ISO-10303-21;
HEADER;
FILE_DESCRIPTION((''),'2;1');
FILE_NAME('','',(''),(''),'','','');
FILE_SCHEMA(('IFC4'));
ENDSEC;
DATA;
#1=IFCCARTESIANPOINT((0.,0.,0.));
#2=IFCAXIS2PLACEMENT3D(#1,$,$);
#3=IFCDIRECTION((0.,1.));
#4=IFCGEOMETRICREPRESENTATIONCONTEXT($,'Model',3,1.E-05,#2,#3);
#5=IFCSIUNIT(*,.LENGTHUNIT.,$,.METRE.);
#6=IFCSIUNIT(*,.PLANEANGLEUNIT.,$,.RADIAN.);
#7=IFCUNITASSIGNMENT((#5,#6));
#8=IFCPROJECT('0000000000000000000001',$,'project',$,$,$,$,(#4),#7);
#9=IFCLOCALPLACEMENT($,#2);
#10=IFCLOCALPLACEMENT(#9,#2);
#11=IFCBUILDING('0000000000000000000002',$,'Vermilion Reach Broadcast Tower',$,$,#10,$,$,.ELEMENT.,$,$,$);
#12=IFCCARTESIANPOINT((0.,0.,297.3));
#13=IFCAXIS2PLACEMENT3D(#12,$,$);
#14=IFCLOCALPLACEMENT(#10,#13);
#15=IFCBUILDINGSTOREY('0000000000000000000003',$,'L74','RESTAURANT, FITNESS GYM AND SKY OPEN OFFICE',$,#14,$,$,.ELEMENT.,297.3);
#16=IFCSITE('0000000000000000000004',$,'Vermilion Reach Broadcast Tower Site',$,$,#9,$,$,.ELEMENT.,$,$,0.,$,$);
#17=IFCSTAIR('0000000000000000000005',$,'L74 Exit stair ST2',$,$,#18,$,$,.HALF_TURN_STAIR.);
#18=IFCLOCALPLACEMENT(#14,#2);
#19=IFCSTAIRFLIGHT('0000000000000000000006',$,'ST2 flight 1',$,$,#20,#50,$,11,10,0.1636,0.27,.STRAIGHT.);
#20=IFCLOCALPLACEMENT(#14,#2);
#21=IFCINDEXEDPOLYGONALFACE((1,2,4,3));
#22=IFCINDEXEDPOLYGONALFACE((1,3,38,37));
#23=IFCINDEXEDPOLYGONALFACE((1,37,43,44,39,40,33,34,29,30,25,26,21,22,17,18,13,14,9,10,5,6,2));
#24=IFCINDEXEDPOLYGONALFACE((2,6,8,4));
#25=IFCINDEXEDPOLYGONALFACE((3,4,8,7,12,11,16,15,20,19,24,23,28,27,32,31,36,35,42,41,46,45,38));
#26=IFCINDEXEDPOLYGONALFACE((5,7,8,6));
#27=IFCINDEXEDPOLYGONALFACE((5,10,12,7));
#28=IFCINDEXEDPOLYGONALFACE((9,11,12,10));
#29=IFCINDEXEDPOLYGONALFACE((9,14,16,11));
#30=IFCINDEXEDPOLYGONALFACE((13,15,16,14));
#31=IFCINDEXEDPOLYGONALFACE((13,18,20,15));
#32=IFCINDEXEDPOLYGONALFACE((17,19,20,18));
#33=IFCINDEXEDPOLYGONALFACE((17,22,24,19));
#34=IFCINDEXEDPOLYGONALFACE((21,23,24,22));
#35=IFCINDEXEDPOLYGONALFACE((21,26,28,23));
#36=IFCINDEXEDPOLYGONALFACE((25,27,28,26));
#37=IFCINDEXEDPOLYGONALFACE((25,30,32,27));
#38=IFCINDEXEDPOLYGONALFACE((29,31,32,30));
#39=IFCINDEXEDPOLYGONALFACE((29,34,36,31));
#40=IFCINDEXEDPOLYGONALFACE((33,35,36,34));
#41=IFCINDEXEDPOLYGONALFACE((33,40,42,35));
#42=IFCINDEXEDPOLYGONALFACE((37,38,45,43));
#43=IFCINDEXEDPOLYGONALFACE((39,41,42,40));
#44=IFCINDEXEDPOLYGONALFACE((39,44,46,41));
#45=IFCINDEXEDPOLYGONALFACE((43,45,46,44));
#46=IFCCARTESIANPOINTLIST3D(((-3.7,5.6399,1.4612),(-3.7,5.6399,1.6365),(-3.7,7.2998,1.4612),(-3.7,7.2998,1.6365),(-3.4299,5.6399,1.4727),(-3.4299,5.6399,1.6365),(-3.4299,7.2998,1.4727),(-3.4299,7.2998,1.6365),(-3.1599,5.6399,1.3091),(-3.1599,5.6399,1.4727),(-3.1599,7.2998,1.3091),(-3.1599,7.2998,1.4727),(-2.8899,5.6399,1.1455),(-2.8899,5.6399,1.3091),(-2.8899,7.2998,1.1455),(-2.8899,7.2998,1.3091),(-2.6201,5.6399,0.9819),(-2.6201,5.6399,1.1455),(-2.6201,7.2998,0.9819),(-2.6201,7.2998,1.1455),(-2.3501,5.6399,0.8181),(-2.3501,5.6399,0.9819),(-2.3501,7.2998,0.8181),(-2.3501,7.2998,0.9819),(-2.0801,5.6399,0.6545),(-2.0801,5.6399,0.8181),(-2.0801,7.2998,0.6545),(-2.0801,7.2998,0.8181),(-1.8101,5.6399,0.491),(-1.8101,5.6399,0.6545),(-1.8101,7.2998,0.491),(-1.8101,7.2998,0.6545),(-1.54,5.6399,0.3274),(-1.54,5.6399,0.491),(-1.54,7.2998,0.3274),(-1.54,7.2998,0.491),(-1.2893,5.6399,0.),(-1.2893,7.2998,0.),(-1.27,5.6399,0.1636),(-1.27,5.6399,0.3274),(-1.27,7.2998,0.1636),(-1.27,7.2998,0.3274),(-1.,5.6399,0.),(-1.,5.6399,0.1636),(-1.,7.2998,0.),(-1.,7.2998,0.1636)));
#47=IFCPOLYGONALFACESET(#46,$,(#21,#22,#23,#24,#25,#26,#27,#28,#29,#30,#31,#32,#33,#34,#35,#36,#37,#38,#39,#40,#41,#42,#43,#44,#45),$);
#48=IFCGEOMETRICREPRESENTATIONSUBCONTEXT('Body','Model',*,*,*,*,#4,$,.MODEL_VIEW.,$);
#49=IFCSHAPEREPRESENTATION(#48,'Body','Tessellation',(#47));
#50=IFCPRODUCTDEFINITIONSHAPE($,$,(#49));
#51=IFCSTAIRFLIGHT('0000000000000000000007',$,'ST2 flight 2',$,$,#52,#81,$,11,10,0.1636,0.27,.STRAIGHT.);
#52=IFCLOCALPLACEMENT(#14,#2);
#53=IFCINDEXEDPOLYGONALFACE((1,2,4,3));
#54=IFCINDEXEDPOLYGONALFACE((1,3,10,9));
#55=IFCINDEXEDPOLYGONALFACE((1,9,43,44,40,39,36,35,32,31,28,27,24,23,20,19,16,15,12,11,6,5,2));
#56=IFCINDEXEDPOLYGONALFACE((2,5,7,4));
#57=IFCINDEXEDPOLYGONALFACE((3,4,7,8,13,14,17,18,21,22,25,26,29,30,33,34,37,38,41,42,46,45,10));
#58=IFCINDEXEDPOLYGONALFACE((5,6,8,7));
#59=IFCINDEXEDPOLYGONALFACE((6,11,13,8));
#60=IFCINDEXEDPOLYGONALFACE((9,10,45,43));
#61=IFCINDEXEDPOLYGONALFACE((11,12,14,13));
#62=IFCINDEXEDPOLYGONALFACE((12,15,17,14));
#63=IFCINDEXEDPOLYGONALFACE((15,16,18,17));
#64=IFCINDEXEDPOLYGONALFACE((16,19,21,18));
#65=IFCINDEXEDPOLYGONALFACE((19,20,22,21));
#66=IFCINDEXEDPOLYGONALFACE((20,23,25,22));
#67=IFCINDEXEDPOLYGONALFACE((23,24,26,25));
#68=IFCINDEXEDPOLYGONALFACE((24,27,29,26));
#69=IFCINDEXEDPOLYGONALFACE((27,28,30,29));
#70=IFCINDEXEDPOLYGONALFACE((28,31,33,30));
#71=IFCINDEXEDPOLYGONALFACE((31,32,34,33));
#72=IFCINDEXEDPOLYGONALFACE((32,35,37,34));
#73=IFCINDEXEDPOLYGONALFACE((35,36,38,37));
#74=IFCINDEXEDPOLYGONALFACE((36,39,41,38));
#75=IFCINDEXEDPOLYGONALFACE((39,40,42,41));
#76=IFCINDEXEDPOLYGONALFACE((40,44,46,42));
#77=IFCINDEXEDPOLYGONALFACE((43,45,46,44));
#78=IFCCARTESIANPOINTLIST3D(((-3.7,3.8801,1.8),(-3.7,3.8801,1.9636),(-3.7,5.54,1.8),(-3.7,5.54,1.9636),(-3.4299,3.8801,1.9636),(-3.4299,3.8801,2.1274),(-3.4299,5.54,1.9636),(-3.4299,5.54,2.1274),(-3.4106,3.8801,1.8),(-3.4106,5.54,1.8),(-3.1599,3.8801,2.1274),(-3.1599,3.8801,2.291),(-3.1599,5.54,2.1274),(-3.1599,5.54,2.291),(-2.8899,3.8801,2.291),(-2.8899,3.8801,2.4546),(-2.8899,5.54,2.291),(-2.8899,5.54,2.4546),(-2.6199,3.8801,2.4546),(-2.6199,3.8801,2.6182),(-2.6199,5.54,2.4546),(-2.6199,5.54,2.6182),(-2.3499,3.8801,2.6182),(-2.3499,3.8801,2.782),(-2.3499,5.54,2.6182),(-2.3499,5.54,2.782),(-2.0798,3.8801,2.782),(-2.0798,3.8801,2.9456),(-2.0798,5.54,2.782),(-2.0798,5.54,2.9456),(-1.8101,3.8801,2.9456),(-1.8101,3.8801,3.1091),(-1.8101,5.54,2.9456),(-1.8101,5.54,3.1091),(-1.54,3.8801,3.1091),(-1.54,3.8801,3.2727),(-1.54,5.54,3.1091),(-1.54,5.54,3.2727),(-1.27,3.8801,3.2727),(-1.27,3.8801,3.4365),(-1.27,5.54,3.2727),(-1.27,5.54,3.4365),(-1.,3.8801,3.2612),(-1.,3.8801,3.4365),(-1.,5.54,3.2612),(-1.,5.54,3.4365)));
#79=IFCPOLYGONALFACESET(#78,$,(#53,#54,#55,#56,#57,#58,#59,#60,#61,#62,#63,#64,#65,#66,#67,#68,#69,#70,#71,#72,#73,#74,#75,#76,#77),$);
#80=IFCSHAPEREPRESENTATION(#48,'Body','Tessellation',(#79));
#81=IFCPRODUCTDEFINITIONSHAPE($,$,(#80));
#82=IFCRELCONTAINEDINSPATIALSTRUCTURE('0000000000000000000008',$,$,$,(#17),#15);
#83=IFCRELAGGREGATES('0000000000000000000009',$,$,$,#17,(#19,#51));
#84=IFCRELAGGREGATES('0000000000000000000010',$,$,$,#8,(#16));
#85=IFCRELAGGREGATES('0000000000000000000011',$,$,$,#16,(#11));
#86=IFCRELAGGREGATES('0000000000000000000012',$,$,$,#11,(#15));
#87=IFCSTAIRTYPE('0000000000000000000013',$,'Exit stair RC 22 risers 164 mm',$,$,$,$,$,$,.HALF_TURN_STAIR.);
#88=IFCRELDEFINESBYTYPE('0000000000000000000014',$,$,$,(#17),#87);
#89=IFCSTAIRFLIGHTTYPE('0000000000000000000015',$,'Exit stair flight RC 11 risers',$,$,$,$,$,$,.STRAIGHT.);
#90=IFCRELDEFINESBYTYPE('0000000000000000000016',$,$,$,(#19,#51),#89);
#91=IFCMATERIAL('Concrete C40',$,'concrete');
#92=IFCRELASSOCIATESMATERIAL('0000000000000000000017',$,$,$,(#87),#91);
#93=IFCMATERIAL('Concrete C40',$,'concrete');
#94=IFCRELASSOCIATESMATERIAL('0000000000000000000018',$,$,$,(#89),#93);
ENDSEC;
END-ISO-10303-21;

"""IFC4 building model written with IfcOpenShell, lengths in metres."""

from ifc_helpers import new_model, si_unit, direction, frame, origin, place, context, subcontext, project, spatial, polyline, outline, extrude, material, type_object, element, aggregate, save


model = new_model("IFC4")

# Units and contexts
model_context = context("Model", 3, precision=1e-05, world=origin(), true_north=direction((0.0, 1.0)))
body_context = subcontext(model_context, "Body", "Model", "MODEL_VIEW")
ifc_project = project(units=[si_unit("LENGTHUNIT", "METRE"), si_unit("PLANEANGLEUNIT", "RADIAN")], contexts=[model_context])

# Site, building, storey
site_placement = place(None, origin())
site = spatial("IfcSite", under=ifc_project, at=site_placement, Name="Vermilion Reach Broadcast Tower Site", CompositionType="ELEMENT", RefElevation=0.0)
building_placement = place(site_placement, origin())
building = spatial("IfcBuilding", under=site, at=building_placement, Name="Vermilion Reach Broadcast Tower", CompositionType="ELEMENT")
storey_placement = place(building_placement, frame((0.0, 0.0, 297.3)))
storey = spatial("IfcBuildingStorey", under=building, at=storey_placement, Name="L74", Description="RESTAURANT, FITNESS GYM AND SKY OPEN OFFICE", CompositionType="ELEMENT", Elevation=297.3)

# Stair
ifc_material_1 = material(Name="Concrete C40", Category="concrete")
stair_type = type_object("IfcStairType", Name="Exit stair RC 22 risers 164 mm", PredefinedType="HALF_TURN_STAIR", material=ifc_material_1)
placement_1 = place(storey_placement, origin())
stair_1 = element("IfcStair", 1, at=placement_1, inside=storey, type_object=stair_type, Name="L74 Exit stair ST2", PredefinedType="HALF_TURN_STAIR")

# Stair flights
ifc_material_2 = material(Name="Concrete C40", Category="concrete")
stair_flight_type = type_object("IfcStairFlightType", Name="Exit stair flight RC 11 risers", PredefinedType="STRAIGHT", material=ifc_material_2)
stair_flight_1_placement = place(storey_placement, frame((-1.0, 6.47, 0.0), z_axis=(0.0, 0.0, 1.0), x_axis=(-1.0, 0.0, 0.0)))
stair_flight_1 = element("IfcStairFlight", 2, at=stair_flight_1_placement, type_object=stair_flight_type, Name="ST2 flight 1", NumberOfRisers=11, NumberOfTreads=10, PredefinedType="STRAIGHT", RiserHeight=0.1636, TreadLength=0.27, context=body_context, shape_type="SweptSolid", body=[
    extrude(outline(polyline([(0.0, 0.0), (0.0, 0.1636), (0.27, 0.1636), (0.27, 0.3274), (0.54, 0.3274), (0.54, 0.491), (0.8101, 0.491), (0.8101, 0.6545), (1.0801, 0.6545), (1.0801, 0.8181), (1.3501, 0.8181), (1.3501, 0.9819), (1.6201, 0.9819), (1.6201, 1.1455), (1.8899, 1.1455), (1.8899, 1.3091), (2.1599, 1.3091), (2.1599, 1.4727), (2.4299, 1.4727), (2.4299, 1.6365), (2.7, 1.6365), (2.7, 1.8), (2.7, 1.4612), (0.2893, 0.0), (0.0, 0.0)])), frame((0.0, 0.8301, 0.0), z_axis=(0.0, -1.0, 0.0), x_axis=(1.0, 0.0, 0.0)), (0.0, 0.0, 1.0), 1.6599),
])
stair_flight_2_placement = place(storey_placement, frame((-3.7, 4.71, 1.8), z_axis=(0.0, 0.0, 1.0), x_axis=(1.0, 0.0, 0.0)))
stair_flight_2 = element("IfcStairFlight", 3, at=stair_flight_2_placement, type_object=stair_flight_type, Name="ST2 flight 2", NumberOfRisers=11, NumberOfTreads=10, PredefinedType="STRAIGHT", RiserHeight=0.1636, TreadLength=0.27, context=body_context, shape_type="SweptSolid", body=[
    extrude(outline(polyline([(0.0, 0.0), (0.0, 0.1636), (0.27, 0.1636), (0.27, 0.3274), (0.54, 0.3274), (0.54, 0.491), (0.8101, 0.491), (0.8101, 0.6545), (1.0801, 0.6545), (1.0801, 0.8181), (1.3501, 0.8181), (1.3501, 0.9819), (1.6201, 0.9819), (1.6201, 1.1455), (1.8899, 1.1455), (1.8899, 1.3091), (2.1599, 1.3091), (2.1599, 1.4727), (2.4299, 1.4727), (2.4299, 1.6365), (2.7, 1.6365), (2.7, 1.8), (2.7, 1.4612), (0.2893, 0.0), (0.0, 0.0)])), frame((0.0, 0.8301, 0.0), z_axis=(0.0, -1.0, 0.0), x_axis=(1.0, 0.0, 0.0)), (0.0, 0.0, 1.0), 1.6599),
])
aggregate(stair_1, [stair_flight_1, stair_flight_2])

save(model, "model.ifc")
